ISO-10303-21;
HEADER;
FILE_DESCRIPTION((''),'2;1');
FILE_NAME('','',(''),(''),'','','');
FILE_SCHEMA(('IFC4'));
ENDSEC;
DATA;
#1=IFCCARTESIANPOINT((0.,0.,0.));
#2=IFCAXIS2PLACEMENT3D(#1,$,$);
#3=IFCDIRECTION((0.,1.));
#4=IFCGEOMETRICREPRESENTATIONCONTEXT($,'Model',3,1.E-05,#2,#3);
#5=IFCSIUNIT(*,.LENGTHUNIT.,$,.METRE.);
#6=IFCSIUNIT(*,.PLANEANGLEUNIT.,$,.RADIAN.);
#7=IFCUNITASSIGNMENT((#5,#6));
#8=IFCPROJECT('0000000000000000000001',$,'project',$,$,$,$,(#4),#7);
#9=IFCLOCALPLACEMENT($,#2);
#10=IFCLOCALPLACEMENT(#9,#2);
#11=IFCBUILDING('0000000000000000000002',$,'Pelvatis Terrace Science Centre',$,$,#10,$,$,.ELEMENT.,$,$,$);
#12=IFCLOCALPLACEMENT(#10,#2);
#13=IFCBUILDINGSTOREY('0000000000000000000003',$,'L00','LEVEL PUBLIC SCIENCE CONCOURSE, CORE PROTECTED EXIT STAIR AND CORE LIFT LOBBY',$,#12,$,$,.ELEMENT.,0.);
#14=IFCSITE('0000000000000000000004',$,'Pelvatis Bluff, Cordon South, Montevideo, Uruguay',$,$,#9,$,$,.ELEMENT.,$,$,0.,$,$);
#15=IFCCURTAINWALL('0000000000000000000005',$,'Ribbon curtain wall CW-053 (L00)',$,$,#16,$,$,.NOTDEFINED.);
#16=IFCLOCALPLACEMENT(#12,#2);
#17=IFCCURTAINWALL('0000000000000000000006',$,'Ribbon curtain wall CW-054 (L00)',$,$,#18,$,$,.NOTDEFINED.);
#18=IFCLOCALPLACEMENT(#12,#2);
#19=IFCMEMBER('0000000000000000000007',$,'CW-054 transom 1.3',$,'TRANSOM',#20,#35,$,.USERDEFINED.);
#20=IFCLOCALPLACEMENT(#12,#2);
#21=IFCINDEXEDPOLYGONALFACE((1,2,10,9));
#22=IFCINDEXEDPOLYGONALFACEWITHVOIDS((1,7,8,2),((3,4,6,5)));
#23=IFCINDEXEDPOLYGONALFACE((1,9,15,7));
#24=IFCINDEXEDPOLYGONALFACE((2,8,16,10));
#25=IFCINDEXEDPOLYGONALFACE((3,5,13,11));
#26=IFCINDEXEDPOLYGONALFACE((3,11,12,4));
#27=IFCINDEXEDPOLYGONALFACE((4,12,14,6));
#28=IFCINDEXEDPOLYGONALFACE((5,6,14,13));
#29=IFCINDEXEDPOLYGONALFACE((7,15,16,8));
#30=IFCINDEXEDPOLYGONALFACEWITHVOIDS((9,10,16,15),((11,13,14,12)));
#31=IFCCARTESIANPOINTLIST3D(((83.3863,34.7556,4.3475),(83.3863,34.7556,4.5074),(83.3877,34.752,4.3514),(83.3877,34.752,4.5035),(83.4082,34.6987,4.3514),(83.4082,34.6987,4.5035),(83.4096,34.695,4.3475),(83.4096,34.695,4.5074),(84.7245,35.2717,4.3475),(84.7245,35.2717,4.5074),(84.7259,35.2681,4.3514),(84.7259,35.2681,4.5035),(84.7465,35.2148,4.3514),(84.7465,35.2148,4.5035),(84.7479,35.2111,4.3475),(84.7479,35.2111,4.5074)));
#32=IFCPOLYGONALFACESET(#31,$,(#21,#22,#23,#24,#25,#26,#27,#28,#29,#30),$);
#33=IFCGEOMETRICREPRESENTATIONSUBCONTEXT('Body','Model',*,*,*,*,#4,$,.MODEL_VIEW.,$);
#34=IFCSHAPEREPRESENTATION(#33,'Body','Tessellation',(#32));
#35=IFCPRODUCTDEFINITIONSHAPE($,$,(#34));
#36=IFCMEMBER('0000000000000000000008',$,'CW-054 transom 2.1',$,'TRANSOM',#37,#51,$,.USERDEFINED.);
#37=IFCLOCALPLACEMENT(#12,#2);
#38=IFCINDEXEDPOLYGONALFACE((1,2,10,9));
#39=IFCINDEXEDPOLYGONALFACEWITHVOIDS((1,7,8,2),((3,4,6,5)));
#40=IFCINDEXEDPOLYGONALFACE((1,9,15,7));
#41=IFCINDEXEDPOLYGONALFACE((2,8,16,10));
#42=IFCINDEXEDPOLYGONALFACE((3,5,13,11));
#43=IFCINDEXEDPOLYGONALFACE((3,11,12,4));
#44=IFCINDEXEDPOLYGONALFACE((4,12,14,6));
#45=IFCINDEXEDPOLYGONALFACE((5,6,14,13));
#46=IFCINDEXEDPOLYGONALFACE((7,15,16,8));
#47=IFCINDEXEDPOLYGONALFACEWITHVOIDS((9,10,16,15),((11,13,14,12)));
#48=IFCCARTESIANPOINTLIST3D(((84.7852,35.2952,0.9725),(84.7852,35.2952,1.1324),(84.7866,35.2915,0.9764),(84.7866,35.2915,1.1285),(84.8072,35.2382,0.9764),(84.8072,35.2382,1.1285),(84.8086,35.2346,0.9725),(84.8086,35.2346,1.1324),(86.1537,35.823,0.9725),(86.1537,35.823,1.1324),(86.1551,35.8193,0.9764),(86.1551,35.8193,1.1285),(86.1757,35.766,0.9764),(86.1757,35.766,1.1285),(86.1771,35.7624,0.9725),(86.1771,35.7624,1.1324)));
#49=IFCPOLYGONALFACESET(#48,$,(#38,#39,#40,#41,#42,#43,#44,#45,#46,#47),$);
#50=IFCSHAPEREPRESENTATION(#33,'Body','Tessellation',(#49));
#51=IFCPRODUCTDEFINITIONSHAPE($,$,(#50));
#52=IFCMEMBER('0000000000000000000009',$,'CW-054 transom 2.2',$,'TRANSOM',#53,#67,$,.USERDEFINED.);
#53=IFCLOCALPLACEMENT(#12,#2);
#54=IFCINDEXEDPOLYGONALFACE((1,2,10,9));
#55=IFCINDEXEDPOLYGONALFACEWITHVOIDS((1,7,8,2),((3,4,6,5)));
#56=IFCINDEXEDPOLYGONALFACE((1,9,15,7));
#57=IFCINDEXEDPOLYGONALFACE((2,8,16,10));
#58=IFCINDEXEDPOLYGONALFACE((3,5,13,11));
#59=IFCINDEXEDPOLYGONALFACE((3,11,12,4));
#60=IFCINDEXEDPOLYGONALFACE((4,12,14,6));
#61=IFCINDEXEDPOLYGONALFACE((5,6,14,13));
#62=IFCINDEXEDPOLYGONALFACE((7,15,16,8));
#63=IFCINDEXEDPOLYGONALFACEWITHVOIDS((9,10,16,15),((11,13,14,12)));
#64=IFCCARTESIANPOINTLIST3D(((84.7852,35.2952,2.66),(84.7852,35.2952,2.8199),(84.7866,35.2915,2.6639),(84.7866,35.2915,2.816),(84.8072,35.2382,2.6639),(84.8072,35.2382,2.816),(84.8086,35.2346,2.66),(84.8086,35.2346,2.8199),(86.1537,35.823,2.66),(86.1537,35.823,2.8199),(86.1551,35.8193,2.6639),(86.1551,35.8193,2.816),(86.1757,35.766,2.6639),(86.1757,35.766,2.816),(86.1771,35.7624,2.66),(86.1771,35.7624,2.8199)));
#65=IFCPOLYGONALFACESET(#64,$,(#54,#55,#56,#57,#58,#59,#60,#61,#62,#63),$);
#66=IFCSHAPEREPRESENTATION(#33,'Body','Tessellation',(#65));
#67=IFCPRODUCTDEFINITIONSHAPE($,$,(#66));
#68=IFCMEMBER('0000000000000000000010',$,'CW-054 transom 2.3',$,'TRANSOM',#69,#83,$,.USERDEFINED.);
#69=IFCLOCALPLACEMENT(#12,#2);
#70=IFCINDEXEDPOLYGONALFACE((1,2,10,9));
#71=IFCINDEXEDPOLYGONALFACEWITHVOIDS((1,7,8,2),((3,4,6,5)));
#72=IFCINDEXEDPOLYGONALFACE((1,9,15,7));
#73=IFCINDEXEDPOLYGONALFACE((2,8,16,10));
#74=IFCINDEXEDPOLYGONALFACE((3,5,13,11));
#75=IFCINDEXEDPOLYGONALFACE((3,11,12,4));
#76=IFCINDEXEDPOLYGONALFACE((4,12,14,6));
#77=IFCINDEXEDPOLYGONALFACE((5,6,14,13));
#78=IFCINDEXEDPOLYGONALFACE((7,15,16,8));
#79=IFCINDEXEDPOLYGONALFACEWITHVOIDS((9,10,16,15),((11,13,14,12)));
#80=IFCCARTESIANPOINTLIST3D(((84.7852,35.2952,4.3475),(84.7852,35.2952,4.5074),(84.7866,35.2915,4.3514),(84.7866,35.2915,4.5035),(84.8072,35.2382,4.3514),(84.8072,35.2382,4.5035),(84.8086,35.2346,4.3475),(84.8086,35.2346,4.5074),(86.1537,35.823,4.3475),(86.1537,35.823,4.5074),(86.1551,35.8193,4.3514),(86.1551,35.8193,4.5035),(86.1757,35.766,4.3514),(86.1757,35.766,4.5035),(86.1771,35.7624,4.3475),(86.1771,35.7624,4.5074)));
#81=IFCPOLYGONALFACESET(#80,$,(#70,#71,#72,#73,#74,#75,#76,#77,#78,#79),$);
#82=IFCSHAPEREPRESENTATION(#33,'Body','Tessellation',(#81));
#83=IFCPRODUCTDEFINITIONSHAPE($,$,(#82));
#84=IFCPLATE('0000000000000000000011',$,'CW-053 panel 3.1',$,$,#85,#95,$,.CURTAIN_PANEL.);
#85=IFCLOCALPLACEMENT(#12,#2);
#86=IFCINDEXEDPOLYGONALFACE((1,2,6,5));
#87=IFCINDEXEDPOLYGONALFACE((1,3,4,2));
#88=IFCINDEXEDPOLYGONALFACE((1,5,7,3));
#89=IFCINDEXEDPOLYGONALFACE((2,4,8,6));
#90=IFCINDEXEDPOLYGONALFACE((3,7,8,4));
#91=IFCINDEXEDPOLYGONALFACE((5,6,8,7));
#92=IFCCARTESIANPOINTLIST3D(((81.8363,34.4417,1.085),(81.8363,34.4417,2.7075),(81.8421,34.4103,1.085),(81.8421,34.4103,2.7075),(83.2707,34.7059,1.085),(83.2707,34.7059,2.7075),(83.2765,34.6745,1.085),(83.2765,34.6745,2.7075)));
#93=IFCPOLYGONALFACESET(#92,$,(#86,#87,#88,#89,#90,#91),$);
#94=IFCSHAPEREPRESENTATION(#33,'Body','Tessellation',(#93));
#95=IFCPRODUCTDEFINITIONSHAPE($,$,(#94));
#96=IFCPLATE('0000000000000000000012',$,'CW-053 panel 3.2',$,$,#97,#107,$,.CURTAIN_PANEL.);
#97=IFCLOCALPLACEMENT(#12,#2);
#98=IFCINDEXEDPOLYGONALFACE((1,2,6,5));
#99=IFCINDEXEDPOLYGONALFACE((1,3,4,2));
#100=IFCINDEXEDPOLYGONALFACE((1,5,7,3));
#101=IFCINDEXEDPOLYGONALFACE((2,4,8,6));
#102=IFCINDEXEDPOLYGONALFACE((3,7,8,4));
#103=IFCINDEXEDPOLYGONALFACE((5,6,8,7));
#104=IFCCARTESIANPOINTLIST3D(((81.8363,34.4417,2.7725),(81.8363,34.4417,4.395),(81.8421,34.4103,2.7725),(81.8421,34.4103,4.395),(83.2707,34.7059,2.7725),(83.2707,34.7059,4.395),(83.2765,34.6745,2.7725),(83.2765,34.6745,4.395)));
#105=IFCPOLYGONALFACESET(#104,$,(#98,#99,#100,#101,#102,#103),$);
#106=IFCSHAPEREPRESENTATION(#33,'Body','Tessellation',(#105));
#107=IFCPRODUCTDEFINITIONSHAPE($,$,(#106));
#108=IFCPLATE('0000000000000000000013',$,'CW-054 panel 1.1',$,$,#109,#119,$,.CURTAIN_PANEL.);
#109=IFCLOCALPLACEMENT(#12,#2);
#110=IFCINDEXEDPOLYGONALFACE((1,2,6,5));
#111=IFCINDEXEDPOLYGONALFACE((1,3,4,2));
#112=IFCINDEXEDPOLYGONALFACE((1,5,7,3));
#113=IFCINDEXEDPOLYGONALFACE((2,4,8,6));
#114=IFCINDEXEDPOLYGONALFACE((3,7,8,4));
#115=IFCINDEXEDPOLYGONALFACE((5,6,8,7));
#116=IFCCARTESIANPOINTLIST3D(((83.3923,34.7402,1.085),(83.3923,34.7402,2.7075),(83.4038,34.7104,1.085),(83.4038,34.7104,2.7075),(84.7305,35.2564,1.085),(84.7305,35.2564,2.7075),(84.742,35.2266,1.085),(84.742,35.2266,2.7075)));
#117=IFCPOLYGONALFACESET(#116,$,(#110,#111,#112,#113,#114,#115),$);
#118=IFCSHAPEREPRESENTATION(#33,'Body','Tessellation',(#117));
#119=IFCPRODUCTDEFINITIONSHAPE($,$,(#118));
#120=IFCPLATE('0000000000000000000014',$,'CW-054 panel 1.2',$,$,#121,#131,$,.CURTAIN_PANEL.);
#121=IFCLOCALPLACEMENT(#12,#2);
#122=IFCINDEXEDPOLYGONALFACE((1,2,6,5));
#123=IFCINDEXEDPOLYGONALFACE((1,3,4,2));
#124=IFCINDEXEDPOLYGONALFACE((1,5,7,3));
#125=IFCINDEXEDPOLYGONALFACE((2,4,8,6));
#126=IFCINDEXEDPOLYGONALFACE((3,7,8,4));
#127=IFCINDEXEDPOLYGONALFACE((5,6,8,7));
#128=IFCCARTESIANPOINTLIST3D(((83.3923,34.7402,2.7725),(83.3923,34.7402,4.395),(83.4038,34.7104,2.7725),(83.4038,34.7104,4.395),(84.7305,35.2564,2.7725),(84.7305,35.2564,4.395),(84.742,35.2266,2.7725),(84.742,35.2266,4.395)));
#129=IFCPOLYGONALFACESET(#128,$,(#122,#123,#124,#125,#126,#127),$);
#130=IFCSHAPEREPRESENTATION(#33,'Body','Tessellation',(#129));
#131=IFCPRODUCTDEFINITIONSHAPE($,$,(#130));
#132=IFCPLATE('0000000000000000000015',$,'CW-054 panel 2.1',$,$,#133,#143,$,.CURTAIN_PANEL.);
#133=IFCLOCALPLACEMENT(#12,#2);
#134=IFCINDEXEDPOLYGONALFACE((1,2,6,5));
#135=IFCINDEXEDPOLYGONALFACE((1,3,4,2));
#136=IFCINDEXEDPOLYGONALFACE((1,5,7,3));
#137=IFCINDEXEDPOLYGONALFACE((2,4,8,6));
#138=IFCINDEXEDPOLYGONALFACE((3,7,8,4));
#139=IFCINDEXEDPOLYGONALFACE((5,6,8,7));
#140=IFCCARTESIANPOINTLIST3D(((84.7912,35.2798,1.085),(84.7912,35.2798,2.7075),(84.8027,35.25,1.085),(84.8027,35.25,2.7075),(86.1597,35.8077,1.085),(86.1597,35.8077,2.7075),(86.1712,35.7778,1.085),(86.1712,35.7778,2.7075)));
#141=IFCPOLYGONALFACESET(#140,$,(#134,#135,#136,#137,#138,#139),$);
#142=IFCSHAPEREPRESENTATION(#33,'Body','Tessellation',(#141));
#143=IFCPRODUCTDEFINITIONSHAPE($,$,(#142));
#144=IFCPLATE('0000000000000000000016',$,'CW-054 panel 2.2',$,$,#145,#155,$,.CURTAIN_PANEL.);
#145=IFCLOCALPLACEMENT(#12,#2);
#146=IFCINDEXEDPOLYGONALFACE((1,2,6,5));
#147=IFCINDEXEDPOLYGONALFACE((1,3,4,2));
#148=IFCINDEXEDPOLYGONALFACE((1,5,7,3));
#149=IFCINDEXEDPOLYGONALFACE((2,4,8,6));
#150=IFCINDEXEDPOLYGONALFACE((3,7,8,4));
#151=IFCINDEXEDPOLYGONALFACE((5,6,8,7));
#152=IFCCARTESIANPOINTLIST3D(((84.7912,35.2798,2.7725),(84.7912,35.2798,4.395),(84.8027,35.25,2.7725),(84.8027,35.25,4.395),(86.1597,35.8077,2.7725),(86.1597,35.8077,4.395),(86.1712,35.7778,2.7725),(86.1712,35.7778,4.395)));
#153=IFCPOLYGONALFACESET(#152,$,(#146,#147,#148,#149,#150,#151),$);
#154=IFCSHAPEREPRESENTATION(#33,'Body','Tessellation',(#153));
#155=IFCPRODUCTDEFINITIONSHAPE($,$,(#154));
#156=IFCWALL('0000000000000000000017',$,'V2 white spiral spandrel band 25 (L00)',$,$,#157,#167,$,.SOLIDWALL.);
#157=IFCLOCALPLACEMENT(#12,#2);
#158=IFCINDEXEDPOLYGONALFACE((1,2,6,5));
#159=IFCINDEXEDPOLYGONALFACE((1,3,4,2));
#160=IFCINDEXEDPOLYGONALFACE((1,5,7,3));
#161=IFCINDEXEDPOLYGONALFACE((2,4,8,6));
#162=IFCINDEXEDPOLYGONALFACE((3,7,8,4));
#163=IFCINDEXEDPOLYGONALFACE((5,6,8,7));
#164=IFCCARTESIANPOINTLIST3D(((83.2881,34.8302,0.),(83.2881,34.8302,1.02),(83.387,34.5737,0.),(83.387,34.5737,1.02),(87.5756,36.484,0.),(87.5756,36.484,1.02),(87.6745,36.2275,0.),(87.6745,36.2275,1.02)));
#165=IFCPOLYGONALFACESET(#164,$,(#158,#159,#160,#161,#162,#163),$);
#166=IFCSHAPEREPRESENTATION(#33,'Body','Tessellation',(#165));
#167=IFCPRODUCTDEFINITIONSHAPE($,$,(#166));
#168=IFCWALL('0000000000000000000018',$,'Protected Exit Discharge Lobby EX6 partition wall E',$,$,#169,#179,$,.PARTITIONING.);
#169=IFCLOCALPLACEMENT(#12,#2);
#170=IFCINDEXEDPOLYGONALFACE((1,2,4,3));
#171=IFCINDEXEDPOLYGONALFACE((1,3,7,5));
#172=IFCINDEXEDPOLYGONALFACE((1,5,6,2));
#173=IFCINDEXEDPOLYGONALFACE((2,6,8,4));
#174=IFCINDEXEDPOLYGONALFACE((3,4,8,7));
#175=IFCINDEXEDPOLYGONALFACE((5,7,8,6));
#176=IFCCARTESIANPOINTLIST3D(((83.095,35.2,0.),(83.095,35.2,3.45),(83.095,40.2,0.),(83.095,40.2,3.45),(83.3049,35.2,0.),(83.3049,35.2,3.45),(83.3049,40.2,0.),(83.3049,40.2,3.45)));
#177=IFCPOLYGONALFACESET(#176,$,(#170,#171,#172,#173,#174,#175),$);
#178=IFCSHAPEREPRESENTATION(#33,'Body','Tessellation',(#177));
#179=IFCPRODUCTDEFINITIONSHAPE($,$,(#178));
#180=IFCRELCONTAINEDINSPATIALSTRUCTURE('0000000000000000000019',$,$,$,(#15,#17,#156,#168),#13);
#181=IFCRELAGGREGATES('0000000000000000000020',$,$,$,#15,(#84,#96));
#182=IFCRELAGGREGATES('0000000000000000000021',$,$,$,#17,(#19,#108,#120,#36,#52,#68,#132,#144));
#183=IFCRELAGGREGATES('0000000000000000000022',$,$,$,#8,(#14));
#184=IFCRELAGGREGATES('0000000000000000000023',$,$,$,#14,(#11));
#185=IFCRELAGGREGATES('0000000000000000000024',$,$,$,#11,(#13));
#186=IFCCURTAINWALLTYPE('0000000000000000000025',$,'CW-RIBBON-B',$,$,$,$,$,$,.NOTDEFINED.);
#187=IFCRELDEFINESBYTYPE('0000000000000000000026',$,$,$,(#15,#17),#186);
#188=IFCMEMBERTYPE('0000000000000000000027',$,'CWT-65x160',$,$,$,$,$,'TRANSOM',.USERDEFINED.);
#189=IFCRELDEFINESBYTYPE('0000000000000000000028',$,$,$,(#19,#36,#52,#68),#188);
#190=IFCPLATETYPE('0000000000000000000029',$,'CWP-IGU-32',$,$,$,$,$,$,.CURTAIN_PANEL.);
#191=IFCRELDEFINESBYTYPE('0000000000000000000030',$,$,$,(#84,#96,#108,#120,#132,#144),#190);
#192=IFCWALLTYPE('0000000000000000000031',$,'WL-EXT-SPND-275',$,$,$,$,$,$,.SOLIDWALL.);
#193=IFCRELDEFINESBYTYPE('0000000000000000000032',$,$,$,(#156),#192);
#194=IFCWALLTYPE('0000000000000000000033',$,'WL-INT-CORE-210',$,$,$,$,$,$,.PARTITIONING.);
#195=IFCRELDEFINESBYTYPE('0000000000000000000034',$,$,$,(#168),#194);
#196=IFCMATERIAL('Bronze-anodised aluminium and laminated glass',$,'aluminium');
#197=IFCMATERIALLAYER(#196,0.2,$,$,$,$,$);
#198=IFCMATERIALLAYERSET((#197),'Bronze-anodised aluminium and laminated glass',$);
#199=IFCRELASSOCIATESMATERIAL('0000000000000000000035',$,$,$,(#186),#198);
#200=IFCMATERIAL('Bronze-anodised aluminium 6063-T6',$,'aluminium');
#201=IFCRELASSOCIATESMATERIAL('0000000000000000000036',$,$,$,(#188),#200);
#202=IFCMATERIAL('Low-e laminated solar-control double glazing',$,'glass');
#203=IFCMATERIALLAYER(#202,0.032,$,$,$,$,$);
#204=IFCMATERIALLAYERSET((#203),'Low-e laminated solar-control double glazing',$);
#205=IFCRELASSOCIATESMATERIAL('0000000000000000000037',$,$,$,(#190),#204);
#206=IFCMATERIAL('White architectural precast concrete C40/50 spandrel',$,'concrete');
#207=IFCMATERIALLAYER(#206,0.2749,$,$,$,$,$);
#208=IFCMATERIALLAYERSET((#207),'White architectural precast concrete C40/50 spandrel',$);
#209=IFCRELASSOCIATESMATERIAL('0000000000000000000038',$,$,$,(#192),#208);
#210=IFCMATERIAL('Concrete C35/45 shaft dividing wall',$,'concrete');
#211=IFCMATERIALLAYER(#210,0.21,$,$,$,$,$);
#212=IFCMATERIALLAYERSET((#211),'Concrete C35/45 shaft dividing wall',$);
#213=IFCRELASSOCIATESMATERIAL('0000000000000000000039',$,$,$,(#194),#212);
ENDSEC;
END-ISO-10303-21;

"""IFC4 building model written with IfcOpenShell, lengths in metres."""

from ifc_helpers import new_model, si_unit, direction, frame, frame_2d, origin, origin_2d, place, context, subcontext, project, spatial, rectangle, hollow_rectangle, extrude, material, layer, layer_set, material_profile, profile_set, type_object, element, aggregate, save


model = new_model("IFC4")

# Units and contexts
model_context = context("Model", 3, precision=1e-05, world=origin(), true_north=direction((0.0, 1.0)))
body_context = subcontext(model_context, "Body", "Model", "MODEL_VIEW")
ifc_project = project(units=[si_unit("LENGTHUNIT", "METRE"), si_unit("PLANEANGLEUNIT", "RADIAN")], contexts=[model_context])

# Site, building, storey
site_placement = place(None, origin())
site = spatial("IfcSite", under=ifc_project, at=site_placement, Name="Pelvatis Bluff, Cordon South, Montevideo, Uruguay", CompositionType="ELEMENT", RefElevation=0.0)
building_placement = place(site_placement, origin())
building = spatial("IfcBuilding", under=site, at=building_placement, Name="Pelvatis Terrace Science Centre", CompositionType="ELEMENT")
storey_placement = place(building_placement, origin())
storey = spatial("IfcBuildingStorey", under=building, at=storey_placement, Name="L00", Description="LEVEL PUBLIC SCIENCE CONCOURSE, CORE PROTECTED EXIT STAIR AND CORE LIFT LOBBY", CompositionType="ELEMENT", Elevation=0.0)

# Curtain wall
ifc_material_1 = material(Name="Bronze-anodised aluminium and laminated glass", Category="aluminium")
ifc_layer_1 = layer(ifc_material_1, 0.2)
ifc_layer_set_1 = layer_set([ifc_layer_1], Name="Bronze-anodised aluminium and laminated glass")
curtain_wall_type = type_object("IfcCurtainWallType", Name="CW-RIBBON-B", PredefinedType="NOTDEFINED", material=ifc_layer_set_1)
curtain_wall_1_placement = place(storey_placement, origin())
curtain_wall_1 = element("IfcCurtainWall", 1, at=curtain_wall_1_placement, inside=storey, type_object=curtain_wall_type, Name="Ribbon curtain wall CW-053 (L00)", PredefinedType="NOTDEFINED")

# Curtain wall
curtain_wall_2_placement = place(storey_placement, origin())
curtain_wall_2 = element("IfcCurtainWall", 2, at=curtain_wall_2_placement, inside=storey, type_object=curtain_wall_type, Name="Ribbon curtain wall CW-054 (L00)", PredefinedType="NOTDEFINED")

# Members
ifc_material_2 = material(Name="Bronze-anodised aluminium 6063-T6", Category="aluminium")
ifc_material_profile_1 = material_profile(ifc_material_2, hollow_rectangle(XDim=0.0649, YDim=0.1599, WallThickness=0.0039, at=origin_2d()), Name="ALU-TRN 65x160")
ifc_profile_set_1 = profile_set([ifc_material_profile_1], Name="Bronze-anodised aluminium 6063-T6")
member_type_1 = type_object("IfcMemberType", Name="CWT-65x160", ElementType="TRANSOM", PredefinedType="USERDEFINED", material=ifc_profile_set_1)
member_1_placement = place(storey_placement, frame((83.3979, 34.7253, 4.4275), z_axis=(0.933029, 0.3598, 0.0), x_axis=(-0.3598, 0.933029, 0.0)))
member_1 = element("IfcMember", 3, at=member_1_placement, type_object=member_type_1, Name="CW-054 transom 1.3", ObjectType="TRANSOM", PredefinedType="USERDEFINED", context=body_context, shape_type="SweptSolid", body=[
    extrude(hollow_rectangle(XDim=0.0649, YDim=0.1599, WallThickness=0.0039, at=origin_2d()), origin(), (0.0, 0.0, 1.0), 1.4343),
])
member_2_placement = place(storey_placement, frame((84.7969, 35.2649, 1.0525), z_axis=(0.933019, 0.359827, 0.0), x_axis=(-0.359827, 0.933019, 0.0)))
member_2 = element("IfcMember", 4, at=member_2_placement, type_object=member_type_1, Name="CW-054 transom 2.1", ObjectType="TRANSOM", PredefinedType="USERDEFINED", context=body_context, shape_type="SweptSolid", body=[
    extrude(hollow_rectangle(XDim=0.0649, YDim=0.1599, WallThickness=0.0039, at=origin_2d()), origin(), (0.0, 0.0, 1.0), 1.4668),
])
member_3_placement = place(storey_placement, frame((84.7969, 35.2649, 2.74), z_axis=(0.933019, 0.359827, 0.0), x_axis=(-0.359827, 0.933019, 0.0)))
member_3 = element("IfcMember", 5, at=member_3_placement, type_object=member_type_1, Name="CW-054 transom 2.2", ObjectType="TRANSOM", PredefinedType="USERDEFINED", context=body_context, shape_type="SweptSolid", body=[
    extrude(hollow_rectangle(XDim=0.0649, YDim=0.1599, WallThickness=0.0039, at=origin_2d()), origin(), (0.0, 0.0, 1.0), 1.4668),
])
member_4_placement = place(storey_placement, frame((84.7969, 35.2649, 4.4275), z_axis=(0.933019, 0.359827, 0.0), x_axis=(-0.359827, 0.933019, 0.0)))
member_4 = element("IfcMember", 6, at=member_4_placement, type_object=member_type_1, Name="CW-054 transom 2.3", ObjectType="TRANSOM", PredefinedType="USERDEFINED", context=body_context, shape_type="SweptSolid", body=[
    extrude(hollow_rectangle(XDim=0.0649, YDim=0.1599, WallThickness=0.0039, at=origin_2d()), origin(), (0.0, 0.0, 1.0), 1.4668),
])

# Plates
ifc_material_3 = material(Name="Low-e laminated solar-control double glazing", Category="glass")
ifc_layer_2 = layer(ifc_material_3, 0.032)
ifc_layer_set_2 = layer_set([ifc_layer_2], Name="Low-e laminated solar-control double glazing")
plate_type = type_object("IfcPlateType", Name="CWP-IGU-32", PredefinedType="CURTAIN_PANEL", material=ifc_layer_set_2)
plate_1_placement = place(storey_placement, frame((82.5564, 34.5581, 1.085), z_axis=(0.0, 0.0, 1.0), x_axis=(0.983459, 0.18113, 0.0)))
plate_1 = element("IfcPlate", 7, at=plate_1_placement, type_object=plate_type, Name="CW-053 panel 3.1", PredefinedType="CURTAIN_PANEL", context=body_context, shape_type="SweptSolid", body=[
    extrude(rectangle(XDim=1.4585, YDim=0.032, at=origin_2d()), origin(), (0.0, 0.0, 1.0), 1.6226),
])
plate_2_placement = place(storey_placement, frame((82.5564, 34.5581, 2.7725), z_axis=(0.0, 0.0, 1.0), x_axis=(0.983459, 0.18113, 0.0)))
plate_2 = element("IfcPlate", 8, at=plate_2_placement, type_object=plate_type, Name="CW-053 panel 3.2", PredefinedType="CURTAIN_PANEL", context=body_context, shape_type="SweptSolid", body=[
    extrude(rectangle(XDim=1.4585, YDim=0.032, at=origin_2d()), origin(), (0.0, 0.0, 1.0), 1.6226),
])
aggregate(curtain_wall_1, [plate_1, plate_2])
plate_3_placement = place(storey_placement, frame((84.0671, 34.9834, 1.085), z_axis=(0.0, 0.0, 1.0), x_axis=(0.933001, 0.359874, 0.0)))
plate_3 = element("IfcPlate", 9, at=plate_3_placement, type_object=plate_type, Name="CW-054 panel 1.1", PredefinedType="CURTAIN_PANEL", context=body_context, shape_type="SweptSolid", body=[
    extrude(rectangle(XDim=1.4343, YDim=0.032, at=origin_2d()), origin(), (0.0, 0.0, 1.0), 1.6226),
])
plate_4_placement = place(storey_placement, frame((84.0671, 34.9834, 2.7725), z_axis=(0.0, 0.0, 1.0), x_axis=(0.933001, 0.359874, 0.0)))
plate_4 = element("IfcPlate", 10, at=plate_4_placement, type_object=plate_type, Name="CW-054 panel 1.2", PredefinedType="CURTAIN_PANEL", context=body_context, shape_type="SweptSolid", body=[
    extrude(rectangle(XDim=1.4343, YDim=0.032, at=origin_2d()), origin(), (0.0, 0.0, 1.0), 1.6226),
])
plate_5_placement = place(storey_placement, frame((85.4812, 35.5288, 1.085), z_axis=(0.0, 0.0, 1.0), x_axis=(0.933001, 0.359874, 0.0)))
plate_5 = element("IfcPlate", 11, at=plate_5_placement, type_object=plate_type, Name="CW-054 panel 2.1", PredefinedType="CURTAIN_PANEL", context=body_context, shape_type="SweptSolid", body=[
    extrude(rectangle(XDim=1.4668, YDim=0.032, at=origin_2d()), origin(), (0.0, 0.0, 1.0), 1.6226),
])
plate_6_placement = place(storey_placement, frame((85.4812, 35.5288, 2.7725), z_axis=(0.0, 0.0, 1.0), x_axis=(0.933001, 0.359874, 0.0)))
plate_6 = element("IfcPlate", 12, at=plate_6_placement, type_object=plate_type, Name="CW-054 panel 2.2", PredefinedType="CURTAIN_PANEL", context=body_context, shape_type="SweptSolid", body=[
    extrude(rectangle(XDim=1.4668, YDim=0.032, at=origin_2d()), origin(), (0.0, 0.0, 1.0), 1.6226),
])
aggregate(curtain_wall_2, [member_1, plate_3, plate_4, member_2, member_3, member_4, plate_5, plate_6])

# Walls
ifc_material_4 = material(Name="White architectural precast concrete C40/50 spandrel", Category="concrete")
ifc_layer_3 = layer(ifc_material_4, 0.2749)
ifc_layer_set_3 = layer_set([ifc_layer_3], Name="White architectural precast concrete C40/50 spandrel")
wall_type_1 = type_object("IfcWallType", Name="WL-EXT-SPND-275", PredefinedType="SOLIDWALL", material=ifc_layer_set_3)
wall_1_placement = place(storey_placement, frame((83.3374, 34.7019, 0.0), z_axis=(0.0, 0.0, 1.0), x_axis=(0.933, 0.359876, 0.0)))
element("IfcWall", 13, at=wall_1_placement, inside=storey, type_object=wall_type_1, Name="V2 white spiral spandrel band 25 (L00)", PredefinedType="SOLIDWALL", context=body_context, shape_type="SweptSolid", body=[
    extrude(rectangle(XDim=4.5955, YDim=0.2749, at=frame_2d((2.2979, 0.0))), origin(), (0.0, 0.0, 1.0), 1.02),
])
ifc_material_5 = material(Name="Concrete C35/45 shaft dividing wall", Category="concrete")
ifc_layer_4 = layer(ifc_material_5, 0.21)
ifc_layer_set_4 = layer_set([ifc_layer_4], Name="Concrete C35/45 shaft dividing wall")
wall_type_2 = type_object("IfcWallType", Name="WL-INT-CORE-210", PredefinedType="PARTITIONING", material=ifc_layer_set_4)
wall_2_placement = place(storey_placement, frame((83.2, 35.2, 0.0), z_axis=(0.0, 0.0, 1.0), x_axis=(0.0, 1.0, 0.0)))
element("IfcWall", 14, at=wall_2_placement, inside=storey, type_object=wall_type_2, Name="Protected Exit Discharge Lobby EX6 partition wall E", PredefinedType="PARTITIONING", context=body_context, shape_type="SweptSolid", body=[
    extrude(rectangle(XDim=5.0, YDim=0.21, at=frame_2d((2.5, 0.0))), origin(), (0.0, 0.0, 1.0), 3.45),
])

save(model, "model.ifc")
